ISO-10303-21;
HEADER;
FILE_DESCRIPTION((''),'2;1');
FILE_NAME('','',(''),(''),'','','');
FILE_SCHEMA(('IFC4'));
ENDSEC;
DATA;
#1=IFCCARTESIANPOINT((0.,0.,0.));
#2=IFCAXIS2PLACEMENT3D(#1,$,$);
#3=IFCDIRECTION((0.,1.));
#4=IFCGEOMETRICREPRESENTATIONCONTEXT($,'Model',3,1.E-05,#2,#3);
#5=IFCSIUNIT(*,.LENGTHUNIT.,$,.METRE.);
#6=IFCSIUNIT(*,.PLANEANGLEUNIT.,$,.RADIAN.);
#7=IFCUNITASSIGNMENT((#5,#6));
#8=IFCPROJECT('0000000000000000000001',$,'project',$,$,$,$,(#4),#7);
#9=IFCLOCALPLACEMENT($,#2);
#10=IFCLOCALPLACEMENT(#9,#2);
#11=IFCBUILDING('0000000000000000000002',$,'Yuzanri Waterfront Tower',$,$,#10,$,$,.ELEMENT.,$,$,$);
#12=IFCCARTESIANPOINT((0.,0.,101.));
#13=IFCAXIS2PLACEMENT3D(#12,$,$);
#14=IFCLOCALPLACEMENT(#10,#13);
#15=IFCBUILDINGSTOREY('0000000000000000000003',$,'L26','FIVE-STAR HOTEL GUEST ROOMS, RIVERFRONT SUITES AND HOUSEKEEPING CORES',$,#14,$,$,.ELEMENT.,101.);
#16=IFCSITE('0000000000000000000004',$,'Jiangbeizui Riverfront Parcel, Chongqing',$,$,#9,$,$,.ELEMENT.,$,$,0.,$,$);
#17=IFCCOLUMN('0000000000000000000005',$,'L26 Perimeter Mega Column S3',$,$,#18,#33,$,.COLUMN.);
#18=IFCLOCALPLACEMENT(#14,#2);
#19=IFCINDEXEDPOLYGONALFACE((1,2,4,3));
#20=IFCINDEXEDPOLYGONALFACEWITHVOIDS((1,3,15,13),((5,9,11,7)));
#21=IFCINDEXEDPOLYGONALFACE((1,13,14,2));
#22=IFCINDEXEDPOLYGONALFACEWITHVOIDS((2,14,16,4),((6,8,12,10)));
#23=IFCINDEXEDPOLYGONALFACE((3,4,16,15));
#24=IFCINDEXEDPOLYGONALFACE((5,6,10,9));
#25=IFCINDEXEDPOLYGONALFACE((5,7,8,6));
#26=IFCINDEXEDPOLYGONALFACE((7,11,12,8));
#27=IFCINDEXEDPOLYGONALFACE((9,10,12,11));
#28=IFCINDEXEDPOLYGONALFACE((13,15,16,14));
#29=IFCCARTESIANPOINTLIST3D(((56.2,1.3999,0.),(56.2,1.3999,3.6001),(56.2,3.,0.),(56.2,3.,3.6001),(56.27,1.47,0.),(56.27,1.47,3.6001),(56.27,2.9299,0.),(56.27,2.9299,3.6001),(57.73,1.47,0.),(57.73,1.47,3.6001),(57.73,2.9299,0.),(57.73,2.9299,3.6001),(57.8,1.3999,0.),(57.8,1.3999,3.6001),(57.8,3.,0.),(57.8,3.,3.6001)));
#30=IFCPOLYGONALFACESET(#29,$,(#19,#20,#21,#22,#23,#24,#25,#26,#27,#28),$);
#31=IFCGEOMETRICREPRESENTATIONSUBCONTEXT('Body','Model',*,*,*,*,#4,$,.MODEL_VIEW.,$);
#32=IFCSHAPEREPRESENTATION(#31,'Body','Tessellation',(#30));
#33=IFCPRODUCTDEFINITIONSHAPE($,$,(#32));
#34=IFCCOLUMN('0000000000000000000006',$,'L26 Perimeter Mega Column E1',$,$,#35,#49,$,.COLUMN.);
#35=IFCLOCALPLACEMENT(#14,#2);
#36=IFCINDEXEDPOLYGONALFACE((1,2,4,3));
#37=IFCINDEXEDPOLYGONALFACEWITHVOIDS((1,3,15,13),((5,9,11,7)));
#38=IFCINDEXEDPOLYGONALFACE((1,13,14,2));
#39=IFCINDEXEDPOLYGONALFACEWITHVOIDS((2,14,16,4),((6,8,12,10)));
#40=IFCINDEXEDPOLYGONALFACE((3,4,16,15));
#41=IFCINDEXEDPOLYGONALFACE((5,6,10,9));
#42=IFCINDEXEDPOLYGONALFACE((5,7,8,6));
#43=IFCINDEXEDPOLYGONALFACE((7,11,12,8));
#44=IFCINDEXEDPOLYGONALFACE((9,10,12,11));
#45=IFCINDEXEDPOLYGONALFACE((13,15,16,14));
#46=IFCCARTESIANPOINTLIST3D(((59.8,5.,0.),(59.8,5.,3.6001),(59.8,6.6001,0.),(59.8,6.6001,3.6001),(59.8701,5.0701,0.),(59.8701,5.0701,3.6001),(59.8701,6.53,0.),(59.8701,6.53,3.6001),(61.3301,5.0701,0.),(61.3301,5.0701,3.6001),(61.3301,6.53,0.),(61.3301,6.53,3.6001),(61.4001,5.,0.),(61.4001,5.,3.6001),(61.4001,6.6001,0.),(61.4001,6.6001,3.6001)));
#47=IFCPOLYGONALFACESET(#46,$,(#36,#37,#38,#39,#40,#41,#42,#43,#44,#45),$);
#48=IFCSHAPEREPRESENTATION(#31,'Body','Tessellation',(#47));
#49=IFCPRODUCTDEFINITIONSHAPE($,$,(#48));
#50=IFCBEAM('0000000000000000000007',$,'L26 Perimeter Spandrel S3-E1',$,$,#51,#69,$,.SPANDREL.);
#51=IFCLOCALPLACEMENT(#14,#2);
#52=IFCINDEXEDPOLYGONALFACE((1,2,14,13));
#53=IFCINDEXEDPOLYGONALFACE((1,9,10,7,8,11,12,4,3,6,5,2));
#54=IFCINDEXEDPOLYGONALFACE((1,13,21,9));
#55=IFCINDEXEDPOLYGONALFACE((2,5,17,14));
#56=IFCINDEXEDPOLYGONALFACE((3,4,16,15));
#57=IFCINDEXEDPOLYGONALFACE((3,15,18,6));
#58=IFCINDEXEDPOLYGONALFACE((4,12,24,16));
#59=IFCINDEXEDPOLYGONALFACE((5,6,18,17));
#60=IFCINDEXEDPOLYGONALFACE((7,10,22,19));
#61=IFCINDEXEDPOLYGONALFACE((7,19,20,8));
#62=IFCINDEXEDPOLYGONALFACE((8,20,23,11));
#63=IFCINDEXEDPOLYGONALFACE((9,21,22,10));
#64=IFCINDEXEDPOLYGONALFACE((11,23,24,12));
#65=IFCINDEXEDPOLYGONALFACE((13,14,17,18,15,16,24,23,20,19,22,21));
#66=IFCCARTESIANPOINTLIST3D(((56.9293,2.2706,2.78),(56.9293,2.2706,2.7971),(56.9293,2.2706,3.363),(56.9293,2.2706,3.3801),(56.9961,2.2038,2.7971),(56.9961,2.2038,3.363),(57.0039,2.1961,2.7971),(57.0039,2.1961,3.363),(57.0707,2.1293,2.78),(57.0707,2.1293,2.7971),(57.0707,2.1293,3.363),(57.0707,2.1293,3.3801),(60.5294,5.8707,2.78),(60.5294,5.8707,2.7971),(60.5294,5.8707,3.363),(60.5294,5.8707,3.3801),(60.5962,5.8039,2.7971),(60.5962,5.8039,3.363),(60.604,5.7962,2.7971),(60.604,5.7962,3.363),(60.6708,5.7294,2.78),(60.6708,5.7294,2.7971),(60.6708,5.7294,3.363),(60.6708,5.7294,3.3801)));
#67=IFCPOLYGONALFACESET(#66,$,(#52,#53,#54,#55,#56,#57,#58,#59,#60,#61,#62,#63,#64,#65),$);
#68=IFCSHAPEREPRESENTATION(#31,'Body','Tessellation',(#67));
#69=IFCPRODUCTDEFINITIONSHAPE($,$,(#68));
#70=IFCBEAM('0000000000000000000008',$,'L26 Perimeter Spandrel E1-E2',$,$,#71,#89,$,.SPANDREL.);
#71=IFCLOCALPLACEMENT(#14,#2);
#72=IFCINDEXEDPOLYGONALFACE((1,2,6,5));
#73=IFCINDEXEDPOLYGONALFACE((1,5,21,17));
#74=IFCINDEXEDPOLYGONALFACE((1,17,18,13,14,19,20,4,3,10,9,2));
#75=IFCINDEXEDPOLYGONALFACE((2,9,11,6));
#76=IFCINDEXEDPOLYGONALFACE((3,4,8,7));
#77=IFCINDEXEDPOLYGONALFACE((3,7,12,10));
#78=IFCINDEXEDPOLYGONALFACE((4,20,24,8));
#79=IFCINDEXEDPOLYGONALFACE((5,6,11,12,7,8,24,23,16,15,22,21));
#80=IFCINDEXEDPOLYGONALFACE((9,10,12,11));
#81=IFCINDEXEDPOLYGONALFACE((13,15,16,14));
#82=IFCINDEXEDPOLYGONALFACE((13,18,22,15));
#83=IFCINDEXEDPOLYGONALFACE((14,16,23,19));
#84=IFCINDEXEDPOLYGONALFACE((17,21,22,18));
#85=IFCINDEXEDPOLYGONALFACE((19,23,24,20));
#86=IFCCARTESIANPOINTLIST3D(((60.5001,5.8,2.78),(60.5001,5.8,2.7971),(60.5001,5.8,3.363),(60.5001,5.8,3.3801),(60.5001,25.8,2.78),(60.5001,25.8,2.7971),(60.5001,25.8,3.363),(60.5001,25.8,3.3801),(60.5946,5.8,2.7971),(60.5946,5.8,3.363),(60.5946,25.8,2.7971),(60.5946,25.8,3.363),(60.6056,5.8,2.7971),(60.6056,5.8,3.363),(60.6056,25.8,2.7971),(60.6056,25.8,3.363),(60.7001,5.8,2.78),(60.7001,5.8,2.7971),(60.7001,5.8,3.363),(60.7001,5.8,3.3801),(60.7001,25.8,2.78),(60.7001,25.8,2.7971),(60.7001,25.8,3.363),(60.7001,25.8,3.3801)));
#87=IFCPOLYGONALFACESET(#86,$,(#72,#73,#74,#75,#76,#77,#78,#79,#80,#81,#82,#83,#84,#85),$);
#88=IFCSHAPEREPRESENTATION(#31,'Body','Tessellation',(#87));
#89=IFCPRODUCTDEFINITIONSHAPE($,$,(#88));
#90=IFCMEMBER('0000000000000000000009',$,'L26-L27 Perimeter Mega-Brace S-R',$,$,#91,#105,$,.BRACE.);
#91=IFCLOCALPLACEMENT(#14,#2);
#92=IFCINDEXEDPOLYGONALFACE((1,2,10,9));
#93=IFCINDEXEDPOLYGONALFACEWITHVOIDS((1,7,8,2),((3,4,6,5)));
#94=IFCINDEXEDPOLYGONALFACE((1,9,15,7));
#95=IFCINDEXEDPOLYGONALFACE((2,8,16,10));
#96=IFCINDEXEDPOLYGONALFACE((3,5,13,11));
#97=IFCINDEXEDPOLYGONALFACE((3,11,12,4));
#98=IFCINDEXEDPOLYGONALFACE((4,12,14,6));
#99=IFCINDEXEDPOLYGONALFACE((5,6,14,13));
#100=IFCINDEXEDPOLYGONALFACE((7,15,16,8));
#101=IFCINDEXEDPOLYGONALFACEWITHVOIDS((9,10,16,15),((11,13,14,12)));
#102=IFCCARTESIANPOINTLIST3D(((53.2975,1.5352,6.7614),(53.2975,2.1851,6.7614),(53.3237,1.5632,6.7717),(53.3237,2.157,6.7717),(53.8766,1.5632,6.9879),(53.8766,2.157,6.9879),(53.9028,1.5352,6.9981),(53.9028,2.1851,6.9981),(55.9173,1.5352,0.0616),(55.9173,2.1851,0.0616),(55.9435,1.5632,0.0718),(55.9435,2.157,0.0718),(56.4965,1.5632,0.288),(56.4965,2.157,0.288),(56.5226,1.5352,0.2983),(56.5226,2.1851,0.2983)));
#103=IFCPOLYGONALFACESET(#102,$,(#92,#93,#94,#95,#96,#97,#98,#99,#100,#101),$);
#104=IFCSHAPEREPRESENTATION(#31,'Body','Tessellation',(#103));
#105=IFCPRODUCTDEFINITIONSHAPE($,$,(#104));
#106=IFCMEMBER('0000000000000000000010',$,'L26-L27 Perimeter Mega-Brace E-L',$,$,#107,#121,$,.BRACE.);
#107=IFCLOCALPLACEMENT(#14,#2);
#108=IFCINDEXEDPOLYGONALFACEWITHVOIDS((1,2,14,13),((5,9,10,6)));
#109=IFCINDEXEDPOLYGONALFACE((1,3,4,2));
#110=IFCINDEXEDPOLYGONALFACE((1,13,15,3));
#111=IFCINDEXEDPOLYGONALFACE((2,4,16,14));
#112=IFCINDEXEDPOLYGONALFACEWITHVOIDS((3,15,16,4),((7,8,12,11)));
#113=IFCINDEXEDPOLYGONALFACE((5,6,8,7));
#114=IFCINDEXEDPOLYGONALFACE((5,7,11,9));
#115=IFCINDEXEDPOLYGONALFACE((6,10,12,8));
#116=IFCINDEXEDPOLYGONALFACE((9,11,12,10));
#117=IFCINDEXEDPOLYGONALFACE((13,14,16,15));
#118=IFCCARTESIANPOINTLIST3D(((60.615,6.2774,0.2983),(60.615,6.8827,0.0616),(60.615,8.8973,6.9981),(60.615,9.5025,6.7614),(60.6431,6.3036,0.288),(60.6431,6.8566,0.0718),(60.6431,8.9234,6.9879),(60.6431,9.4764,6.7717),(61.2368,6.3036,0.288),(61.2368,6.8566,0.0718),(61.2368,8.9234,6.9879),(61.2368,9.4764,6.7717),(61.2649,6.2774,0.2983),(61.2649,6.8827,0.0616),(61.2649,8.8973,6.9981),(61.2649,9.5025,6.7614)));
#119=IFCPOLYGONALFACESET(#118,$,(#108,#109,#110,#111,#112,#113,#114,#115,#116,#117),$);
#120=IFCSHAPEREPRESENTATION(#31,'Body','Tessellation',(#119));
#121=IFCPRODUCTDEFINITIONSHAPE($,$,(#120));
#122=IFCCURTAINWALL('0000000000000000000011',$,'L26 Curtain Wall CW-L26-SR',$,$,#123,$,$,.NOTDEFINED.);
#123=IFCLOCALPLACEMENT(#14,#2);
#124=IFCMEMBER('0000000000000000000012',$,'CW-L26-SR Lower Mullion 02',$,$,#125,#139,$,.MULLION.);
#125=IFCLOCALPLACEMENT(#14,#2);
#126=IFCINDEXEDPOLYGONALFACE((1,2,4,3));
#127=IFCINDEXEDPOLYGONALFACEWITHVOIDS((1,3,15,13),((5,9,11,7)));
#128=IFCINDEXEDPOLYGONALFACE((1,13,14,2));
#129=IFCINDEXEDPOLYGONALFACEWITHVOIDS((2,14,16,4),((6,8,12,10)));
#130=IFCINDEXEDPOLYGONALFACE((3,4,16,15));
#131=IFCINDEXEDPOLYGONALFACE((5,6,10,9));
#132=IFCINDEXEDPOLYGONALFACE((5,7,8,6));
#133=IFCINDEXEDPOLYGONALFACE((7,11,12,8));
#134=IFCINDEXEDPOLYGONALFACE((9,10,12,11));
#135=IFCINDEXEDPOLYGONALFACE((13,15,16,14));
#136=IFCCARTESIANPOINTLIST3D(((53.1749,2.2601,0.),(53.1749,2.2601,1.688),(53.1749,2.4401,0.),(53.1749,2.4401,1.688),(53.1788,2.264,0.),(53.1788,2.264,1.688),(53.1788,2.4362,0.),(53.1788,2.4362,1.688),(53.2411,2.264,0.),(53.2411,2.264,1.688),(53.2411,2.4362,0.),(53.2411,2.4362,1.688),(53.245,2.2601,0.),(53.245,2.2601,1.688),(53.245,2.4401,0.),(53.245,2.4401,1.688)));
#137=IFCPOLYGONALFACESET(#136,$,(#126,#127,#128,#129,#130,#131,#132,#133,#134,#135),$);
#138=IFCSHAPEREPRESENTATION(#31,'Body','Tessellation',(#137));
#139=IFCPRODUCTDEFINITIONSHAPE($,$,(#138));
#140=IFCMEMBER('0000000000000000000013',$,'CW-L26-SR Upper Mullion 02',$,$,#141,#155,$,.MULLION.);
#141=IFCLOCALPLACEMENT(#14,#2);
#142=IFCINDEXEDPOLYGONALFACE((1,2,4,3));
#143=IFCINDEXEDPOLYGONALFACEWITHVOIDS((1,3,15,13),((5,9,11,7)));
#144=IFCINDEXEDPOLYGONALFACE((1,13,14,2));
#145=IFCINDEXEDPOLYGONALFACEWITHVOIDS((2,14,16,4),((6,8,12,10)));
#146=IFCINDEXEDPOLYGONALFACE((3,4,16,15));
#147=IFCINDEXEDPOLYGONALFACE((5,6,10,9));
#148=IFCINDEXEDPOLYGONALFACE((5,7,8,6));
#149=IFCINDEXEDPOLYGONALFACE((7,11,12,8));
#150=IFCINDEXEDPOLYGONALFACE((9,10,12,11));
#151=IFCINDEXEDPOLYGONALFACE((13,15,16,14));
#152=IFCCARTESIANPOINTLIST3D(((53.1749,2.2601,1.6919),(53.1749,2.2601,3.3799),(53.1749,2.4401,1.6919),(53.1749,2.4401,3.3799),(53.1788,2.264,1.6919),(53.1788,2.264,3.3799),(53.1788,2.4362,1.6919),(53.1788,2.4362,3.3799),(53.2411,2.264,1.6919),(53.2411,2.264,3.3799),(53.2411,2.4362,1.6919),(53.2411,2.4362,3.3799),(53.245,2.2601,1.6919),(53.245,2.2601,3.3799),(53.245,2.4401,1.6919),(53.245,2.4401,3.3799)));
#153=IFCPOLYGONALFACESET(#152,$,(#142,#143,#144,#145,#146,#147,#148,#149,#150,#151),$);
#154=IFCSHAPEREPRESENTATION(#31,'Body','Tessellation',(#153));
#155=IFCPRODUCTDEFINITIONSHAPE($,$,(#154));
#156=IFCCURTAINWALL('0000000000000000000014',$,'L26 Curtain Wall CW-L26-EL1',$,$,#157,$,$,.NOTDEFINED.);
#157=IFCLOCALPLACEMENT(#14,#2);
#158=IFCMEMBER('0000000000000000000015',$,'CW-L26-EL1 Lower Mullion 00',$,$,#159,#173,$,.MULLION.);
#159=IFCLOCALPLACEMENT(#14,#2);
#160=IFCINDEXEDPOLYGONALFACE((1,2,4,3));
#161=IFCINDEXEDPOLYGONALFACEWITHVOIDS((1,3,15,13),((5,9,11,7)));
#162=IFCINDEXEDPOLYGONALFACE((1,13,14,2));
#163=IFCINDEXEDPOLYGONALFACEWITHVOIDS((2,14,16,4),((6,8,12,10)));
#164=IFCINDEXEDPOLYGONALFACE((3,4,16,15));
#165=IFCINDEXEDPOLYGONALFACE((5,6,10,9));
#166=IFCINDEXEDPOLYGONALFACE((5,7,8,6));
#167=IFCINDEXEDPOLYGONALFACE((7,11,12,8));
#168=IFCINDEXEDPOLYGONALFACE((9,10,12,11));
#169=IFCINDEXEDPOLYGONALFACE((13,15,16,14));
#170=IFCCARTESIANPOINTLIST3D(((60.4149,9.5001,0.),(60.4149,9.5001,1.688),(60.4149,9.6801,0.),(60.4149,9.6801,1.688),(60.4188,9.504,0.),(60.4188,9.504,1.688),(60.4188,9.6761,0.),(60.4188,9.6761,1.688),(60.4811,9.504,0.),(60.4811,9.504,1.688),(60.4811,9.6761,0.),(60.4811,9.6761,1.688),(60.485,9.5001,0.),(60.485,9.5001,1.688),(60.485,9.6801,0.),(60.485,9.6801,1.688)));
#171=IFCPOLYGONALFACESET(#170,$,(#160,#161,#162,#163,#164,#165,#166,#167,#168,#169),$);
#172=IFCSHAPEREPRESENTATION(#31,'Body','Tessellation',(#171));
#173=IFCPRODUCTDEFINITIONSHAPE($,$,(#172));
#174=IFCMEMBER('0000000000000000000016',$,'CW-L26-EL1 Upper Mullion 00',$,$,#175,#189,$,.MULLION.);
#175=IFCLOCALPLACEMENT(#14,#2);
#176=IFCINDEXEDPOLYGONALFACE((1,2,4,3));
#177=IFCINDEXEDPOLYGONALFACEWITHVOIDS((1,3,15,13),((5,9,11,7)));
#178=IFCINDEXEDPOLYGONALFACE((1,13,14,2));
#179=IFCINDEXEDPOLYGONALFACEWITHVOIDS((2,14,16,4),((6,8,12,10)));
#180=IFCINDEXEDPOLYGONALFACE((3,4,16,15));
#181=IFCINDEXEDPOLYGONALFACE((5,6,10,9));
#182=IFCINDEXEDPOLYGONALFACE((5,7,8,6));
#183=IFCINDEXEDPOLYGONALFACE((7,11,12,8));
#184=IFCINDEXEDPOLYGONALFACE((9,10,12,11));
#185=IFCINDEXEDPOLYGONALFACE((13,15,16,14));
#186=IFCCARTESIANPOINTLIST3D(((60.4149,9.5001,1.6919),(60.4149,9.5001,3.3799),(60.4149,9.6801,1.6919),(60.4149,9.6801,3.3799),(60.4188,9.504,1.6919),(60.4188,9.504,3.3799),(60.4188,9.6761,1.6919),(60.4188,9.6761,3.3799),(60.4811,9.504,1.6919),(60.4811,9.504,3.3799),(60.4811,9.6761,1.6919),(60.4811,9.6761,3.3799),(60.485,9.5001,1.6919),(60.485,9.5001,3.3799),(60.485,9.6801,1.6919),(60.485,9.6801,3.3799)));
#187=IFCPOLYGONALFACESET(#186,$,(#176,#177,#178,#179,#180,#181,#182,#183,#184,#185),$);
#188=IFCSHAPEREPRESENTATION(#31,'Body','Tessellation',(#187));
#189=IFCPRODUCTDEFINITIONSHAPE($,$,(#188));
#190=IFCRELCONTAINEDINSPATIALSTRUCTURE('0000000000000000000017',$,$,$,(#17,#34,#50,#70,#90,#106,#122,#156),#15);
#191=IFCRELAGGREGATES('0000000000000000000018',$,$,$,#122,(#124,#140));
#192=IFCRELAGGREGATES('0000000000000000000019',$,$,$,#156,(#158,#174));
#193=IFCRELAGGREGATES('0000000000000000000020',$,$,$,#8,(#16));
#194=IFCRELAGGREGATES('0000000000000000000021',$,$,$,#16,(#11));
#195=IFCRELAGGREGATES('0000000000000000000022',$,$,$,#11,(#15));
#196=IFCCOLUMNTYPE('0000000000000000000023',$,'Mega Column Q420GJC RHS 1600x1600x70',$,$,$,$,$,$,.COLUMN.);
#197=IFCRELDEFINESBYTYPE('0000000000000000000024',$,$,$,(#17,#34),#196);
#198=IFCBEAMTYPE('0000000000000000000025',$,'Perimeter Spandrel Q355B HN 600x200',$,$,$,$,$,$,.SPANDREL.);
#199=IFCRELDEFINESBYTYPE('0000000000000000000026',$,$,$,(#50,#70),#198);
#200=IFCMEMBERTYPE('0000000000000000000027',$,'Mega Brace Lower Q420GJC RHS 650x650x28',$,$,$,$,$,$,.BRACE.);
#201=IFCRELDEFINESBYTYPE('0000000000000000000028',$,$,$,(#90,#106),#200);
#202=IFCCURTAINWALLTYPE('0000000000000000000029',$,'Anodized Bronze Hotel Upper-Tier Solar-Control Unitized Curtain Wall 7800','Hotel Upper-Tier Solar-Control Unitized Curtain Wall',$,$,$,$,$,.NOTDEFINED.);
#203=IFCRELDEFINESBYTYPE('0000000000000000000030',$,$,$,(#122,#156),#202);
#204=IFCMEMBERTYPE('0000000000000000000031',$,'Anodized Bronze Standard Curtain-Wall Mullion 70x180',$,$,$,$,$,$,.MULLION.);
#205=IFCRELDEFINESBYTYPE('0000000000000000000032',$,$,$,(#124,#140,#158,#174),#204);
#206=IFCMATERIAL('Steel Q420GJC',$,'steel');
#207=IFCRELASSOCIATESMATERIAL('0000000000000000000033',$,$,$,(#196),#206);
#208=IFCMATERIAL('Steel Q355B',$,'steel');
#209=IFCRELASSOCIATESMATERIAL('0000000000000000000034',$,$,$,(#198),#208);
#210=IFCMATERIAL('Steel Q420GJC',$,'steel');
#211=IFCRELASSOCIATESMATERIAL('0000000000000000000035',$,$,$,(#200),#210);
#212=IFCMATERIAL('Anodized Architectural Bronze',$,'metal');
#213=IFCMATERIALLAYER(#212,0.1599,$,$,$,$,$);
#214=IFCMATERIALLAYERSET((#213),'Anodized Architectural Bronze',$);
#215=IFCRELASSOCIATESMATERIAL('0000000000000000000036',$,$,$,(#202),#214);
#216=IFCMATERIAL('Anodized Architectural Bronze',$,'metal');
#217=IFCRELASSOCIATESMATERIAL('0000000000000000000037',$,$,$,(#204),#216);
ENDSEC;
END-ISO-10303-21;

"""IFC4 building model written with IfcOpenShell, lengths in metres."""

from ifc_helpers import new_model, si_unit, direction, frame, origin, origin_2d, place, context, subcontext, project, spatial, hollow_rectangle, i_section, extrude, source, transform, mapped, material, layer, layer_set, material_profile, profile_set, type_object, element, aggregate, save


model = new_model("IFC4")

# Units and contexts
model_context = context("Model", 3, precision=1e-05, world=origin(), true_north=direction((0.0, 1.0)))
body_context = subcontext(model_context, "Body", "Model", "MODEL_VIEW")
ifc_project = project(units=[si_unit("LENGTHUNIT", "METRE"), si_unit("PLANEANGLEUNIT", "RADIAN")], contexts=[model_context])

# Site, building, storey
site_placement = place(None, origin())
site = spatial("IfcSite", under=ifc_project, at=site_placement, Name="Jiangbeizui Riverfront Parcel, Chongqing", CompositionType="ELEMENT", RefElevation=0.0)
building_placement = place(site_placement, origin())
building = spatial("IfcBuilding", under=site, at=building_placement, Name="Yuzanri Waterfront Tower", CompositionType="ELEMENT")
storey_placement = place(building_placement, frame((0.0, 0.0, 101.0)))
storey = spatial("IfcBuildingStorey", under=building, at=storey_placement, Name="L26", Description="FIVE-STAR HOTEL GUEST ROOMS, RIVERFRONT SUITES AND HOUSEKEEPING CORES", CompositionType="ELEMENT", Elevation=101.0)

# Columns
ifc_material_1 = material(Name="Steel Q420GJC", Category="steel")
ifc_material_profile_1 = material_profile(ifc_material_1, hollow_rectangle(XDim=1.6001, YDim=1.6001, WallThickness=0.0701, at=origin_2d()), Name="RHS 1600x1600x70")
ifc_profile_set_1 = profile_set([ifc_material_profile_1], Name="Steel Q420GJC")
column_type = type_object("IfcColumnType", Name="Mega Column Q420GJC RHS 1600x1600x70", PredefinedType="COLUMN", material=ifc_profile_set_1)
shared_shape_1 = source(origin(), body_context, "Body", "SweptSolid", [
    extrude(hollow_rectangle(XDim=1.6001, YDim=1.6001, WallThickness=0.0701, at=origin_2d()), origin(), (0.0, 0.0, 1.0), 3.6001),
])
for number, where, z_axis, x_axis, name in (
    (1, (57.0, 2.2, 0.0), (0.0, 0.0, 1.0), (1.0, 0.0, 0.0), "L26 Perimeter Mega Column S3"),
    (2, (60.6001, 5.8, 0.0), (0.0, 0.0, 1.0), (1.0, 0.0, 0.0), "L26 Perimeter Mega Column E1"),
):
    element("IfcColumn", number, at=place(storey_placement, frame(where, z_axis=z_axis, x_axis=x_axis)), inside=storey, type_object=column_type, Name=name, PredefinedType="COLUMN", context=body_context, shape_type="MappedRepresentation", body=[
        mapped(shared_shape_1, transform((0.0, 0.0, 0.0), scale=1.0)),
    ])

# Beams
ifc_material_2 = material(Name="Steel Q355B", Category="steel")
ifc_material_profile_2 = material_profile(ifc_material_2, i_section(OverallWidth=0.2, OverallDepth=0.6001, WebThickness=0.011, FlangeThickness=0.0171, at=origin_2d()), Name="HN 600x200x11x17")
ifc_profile_set_2 = profile_set([ifc_material_profile_2], Name="Steel Q355B")
beam_type = type_object("IfcBeamType", Name="Perimeter Spandrel Q355B HN 600x200", PredefinedType="SPANDREL", material=ifc_profile_set_2)
shared_shape_2 = source(origin(), body_context, "Body", "SweptSolid", [
    extrude(i_section(OverallWidth=0.2, OverallDepth=0.6001, WebThickness=0.011, FlangeThickness=0.0171, at=origin_2d()), origin(), (0.0, 0.0, 1.0), 5.0913),
])
beam_1_placement = place(storey_placement, frame((57.0, 2.2, 3.0801), z_axis=(0.707107, 0.707107, 0.0), x_axis=(-0.707107, 0.707107, 0.0)))
element("IfcBeam", 3, at=beam_1_placement, inside=storey, type_object=beam_type, Name="L26 Perimeter Spandrel S3-E1", PredefinedType="SPANDREL", context=body_context, shape_type="MappedRepresentation", body=[
    mapped(shared_shape_2, transform((0.0, 0.0, 0.0), scale=1.0)),
])
shared_shape_3 = source(origin(), body_context, "Body", "SweptSolid", [
    extrude(i_section(OverallWidth=0.2, OverallDepth=0.6001, WebThickness=0.011, FlangeThickness=0.0171, at=origin_2d()), origin(), (0.0, 0.0, 1.0), 20.0),
])
beam_2_placement = place(storey_placement, frame((60.6001, 5.8, 3.0801), z_axis=(0.0, 1.0, 0.0), x_axis=(-1.0, 0.0, 0.0)))
element("IfcBeam", 4, at=beam_2_placement, inside=storey, type_object=beam_type, Name="L26 Perimeter Spandrel E1-E2", PredefinedType="SPANDREL", context=body_context, shape_type="MappedRepresentation", body=[
    mapped(shared_shape_3, transform((0.0, 0.0, 0.0), scale=1.0)),
])

# Members
ifc_material_3 = material(Name="Steel Q420GJC", Category="steel")
ifc_material_profile_3 = material_profile(ifc_material_3, hollow_rectangle(XDim=0.6499, YDim=0.6499, WallThickness=0.0281, at=origin_2d()), Name="RHS 650x650x28")
ifc_profile_set_3 = profile_set([ifc_material_profile_3], Name="Steel Q420GJC")
member_type_1 = type_object("IfcMemberType", Name="Mega Brace Lower Q420GJC RHS 650x650x28", PredefinedType="BRACE", material=ifc_profile_set_3)
shared_shape_4 = source(origin(), body_context, "Body", "SweptSolid", [
    extrude(hollow_rectangle(XDim=0.6499, YDim=0.6499, WallThickness=0.0281, at=origin_2d()), origin(), (0.0, 0.0, 1.0), 7.1938),
])
for number, where, z_axis, x_axis, name in (
    (5, (56.22, 1.8601, 0.1799), (-0.364177, 0.0, 0.93133), (0.0, -1.0, 0.0), "L26-L27 Perimeter Mega-Brace S-R"),
    (6, (60.9399, 6.5801, 0.1799), (0.0, 0.364177, 0.93133), (-1.0, 0.0, 0.0), "L26-L27 Perimeter Mega-Brace E-L"),
):
    element("IfcMember", number, at=place(storey_placement, frame(where, z_axis=z_axis, x_axis=x_axis)), inside=storey, type_object=member_type_1, Name=name, PredefinedType="BRACE", context=body_context, shape_type="MappedRepresentation", body=[
        mapped(shared_shape_4, transform((0.0, 0.0, 0.0), scale=1.0)),
    ])

# Curtain walls, members
ifc_material_4 = material(Name="Anodized Architectural Bronze", Category="metal")
ifc_layer_1 = layer(ifc_material_4, 0.1599)
ifc_layer_set_1 = layer_set([ifc_layer_1], Name="Anodized Architectural Bronze")
curtain_wall_type = type_object("IfcCurtainWallType", Name="Anodized Bronze Hotel Upper-Tier Solar-Control Unitized Curtain Wall 7800", Description="Hotel Upper-Tier Solar-Control Unitized Curtain Wall", PredefinedType="NOTDEFINED", material=ifc_layer_set_1)
curtain_wall_1_placement = place(storey_placement, origin())
curtain_wall_1 = element("IfcCurtainWall", 7, at=curtain_wall_1_placement, inside=storey, type_object=curtain_wall_type, Name="L26 Curtain Wall CW-L26-SR", PredefinedType="NOTDEFINED")
ifc_material_5 = material(Name="Anodized Architectural Bronze", Category="metal")
ifc_material_profile_4 = material_profile(ifc_material_5, hollow_rectangle(XDim=0.0701, YDim=0.1799, WallThickness=0.0039, at=origin_2d()), Name="CWM 70x180")
ifc_profile_set_4 = profile_set([ifc_material_profile_4], Name="Anodized Architectural Bronze")
member_type_2 = type_object("IfcMemberType", Name="Anodized Bronze Standard Curtain-Wall Mullion 70x180", PredefinedType="MULLION", material=ifc_profile_set_4)
shared_shape_5 = source(origin(), body_context, "Body", "SweptSolid", [
    extrude(hollow_rectangle(XDim=0.0701, YDim=0.1799, WallThickness=0.0039, at=origin_2d()), origin(), (0.0, 0.0, 1.0), 1.688),
])
member_1_placement = place(storey_placement, frame((53.21, 2.3501, 0.0), z_axis=(0.0, 0.0, 1.0), x_axis=(1.0, 0.0, 0.0)))
member_1 = element("IfcMember", 8, at=member_1_placement, type_object=member_type_2, Name="CW-L26-SR Lower Mullion 02", PredefinedType="MULLION", context=body_context, shape_type="MappedRepresentation", body=[
    mapped(shared_shape_5, transform((0.0, 0.0, 0.0), scale=1.0)),
])
member_2_placement = place(storey_placement, frame((53.21, 2.3501, 1.6919), z_axis=(0.0, 0.0, 1.0), x_axis=(1.0, 0.0, 0.0)))
member_2 = element("IfcMember", 9, at=member_2_placement, type_object=member_type_2, Name="CW-L26-SR Upper Mullion 02", PredefinedType="MULLION", context=body_context, shape_type="MappedRepresentation", body=[
    mapped(shared_shape_5, transform((0.0, 0.0, 0.0), scale=1.0)),
])
aggregate(curtain_wall_1, [member_1, member_2])
curtain_wall_2_placement = place(storey_placement, origin())
curtain_wall_2 = element("IfcCurtainWall", 10, at=curtain_wall_2_placement, inside=storey, type_object=curtain_wall_type, Name="L26 Curtain Wall CW-L26-EL1", PredefinedType="NOTDEFINED")
member_3_placement = place(storey_placement, frame((60.45, 9.5901, 0.0), z_axis=(0.0, 0.0, 1.0), x_axis=(1.0, 0.0, 0.0)))
member_3 = element("IfcMember", 11, at=member_3_placement, type_object=member_type_2, Name="CW-L26-EL1 Lower Mullion 00", PredefinedType="MULLION", context=body_context, shape_type="MappedRepresentation", body=[
    mapped(shared_shape_5, transform((0.0, 0.0, 0.0), scale=1.0)),
])
member_4_placement = place(storey_placement, frame((60.45, 9.5901, 1.6919), z_axis=(0.0, 0.0, 1.0), x_axis=(1.0, 0.0, 0.0)))
member_4 = element("IfcMember", 12, at=member_4_placement, type_object=member_type_2, Name="CW-L26-EL1 Upper Mullion 00", PredefinedType="MULLION", context=body_context, shape_type="MappedRepresentation", body=[
    mapped(shared_shape_5, transform((0.0, 0.0, 0.0), scale=1.0)),
])
aggregate(curtain_wall_2, [member_3, member_4])

save(model, "model.ifc")
